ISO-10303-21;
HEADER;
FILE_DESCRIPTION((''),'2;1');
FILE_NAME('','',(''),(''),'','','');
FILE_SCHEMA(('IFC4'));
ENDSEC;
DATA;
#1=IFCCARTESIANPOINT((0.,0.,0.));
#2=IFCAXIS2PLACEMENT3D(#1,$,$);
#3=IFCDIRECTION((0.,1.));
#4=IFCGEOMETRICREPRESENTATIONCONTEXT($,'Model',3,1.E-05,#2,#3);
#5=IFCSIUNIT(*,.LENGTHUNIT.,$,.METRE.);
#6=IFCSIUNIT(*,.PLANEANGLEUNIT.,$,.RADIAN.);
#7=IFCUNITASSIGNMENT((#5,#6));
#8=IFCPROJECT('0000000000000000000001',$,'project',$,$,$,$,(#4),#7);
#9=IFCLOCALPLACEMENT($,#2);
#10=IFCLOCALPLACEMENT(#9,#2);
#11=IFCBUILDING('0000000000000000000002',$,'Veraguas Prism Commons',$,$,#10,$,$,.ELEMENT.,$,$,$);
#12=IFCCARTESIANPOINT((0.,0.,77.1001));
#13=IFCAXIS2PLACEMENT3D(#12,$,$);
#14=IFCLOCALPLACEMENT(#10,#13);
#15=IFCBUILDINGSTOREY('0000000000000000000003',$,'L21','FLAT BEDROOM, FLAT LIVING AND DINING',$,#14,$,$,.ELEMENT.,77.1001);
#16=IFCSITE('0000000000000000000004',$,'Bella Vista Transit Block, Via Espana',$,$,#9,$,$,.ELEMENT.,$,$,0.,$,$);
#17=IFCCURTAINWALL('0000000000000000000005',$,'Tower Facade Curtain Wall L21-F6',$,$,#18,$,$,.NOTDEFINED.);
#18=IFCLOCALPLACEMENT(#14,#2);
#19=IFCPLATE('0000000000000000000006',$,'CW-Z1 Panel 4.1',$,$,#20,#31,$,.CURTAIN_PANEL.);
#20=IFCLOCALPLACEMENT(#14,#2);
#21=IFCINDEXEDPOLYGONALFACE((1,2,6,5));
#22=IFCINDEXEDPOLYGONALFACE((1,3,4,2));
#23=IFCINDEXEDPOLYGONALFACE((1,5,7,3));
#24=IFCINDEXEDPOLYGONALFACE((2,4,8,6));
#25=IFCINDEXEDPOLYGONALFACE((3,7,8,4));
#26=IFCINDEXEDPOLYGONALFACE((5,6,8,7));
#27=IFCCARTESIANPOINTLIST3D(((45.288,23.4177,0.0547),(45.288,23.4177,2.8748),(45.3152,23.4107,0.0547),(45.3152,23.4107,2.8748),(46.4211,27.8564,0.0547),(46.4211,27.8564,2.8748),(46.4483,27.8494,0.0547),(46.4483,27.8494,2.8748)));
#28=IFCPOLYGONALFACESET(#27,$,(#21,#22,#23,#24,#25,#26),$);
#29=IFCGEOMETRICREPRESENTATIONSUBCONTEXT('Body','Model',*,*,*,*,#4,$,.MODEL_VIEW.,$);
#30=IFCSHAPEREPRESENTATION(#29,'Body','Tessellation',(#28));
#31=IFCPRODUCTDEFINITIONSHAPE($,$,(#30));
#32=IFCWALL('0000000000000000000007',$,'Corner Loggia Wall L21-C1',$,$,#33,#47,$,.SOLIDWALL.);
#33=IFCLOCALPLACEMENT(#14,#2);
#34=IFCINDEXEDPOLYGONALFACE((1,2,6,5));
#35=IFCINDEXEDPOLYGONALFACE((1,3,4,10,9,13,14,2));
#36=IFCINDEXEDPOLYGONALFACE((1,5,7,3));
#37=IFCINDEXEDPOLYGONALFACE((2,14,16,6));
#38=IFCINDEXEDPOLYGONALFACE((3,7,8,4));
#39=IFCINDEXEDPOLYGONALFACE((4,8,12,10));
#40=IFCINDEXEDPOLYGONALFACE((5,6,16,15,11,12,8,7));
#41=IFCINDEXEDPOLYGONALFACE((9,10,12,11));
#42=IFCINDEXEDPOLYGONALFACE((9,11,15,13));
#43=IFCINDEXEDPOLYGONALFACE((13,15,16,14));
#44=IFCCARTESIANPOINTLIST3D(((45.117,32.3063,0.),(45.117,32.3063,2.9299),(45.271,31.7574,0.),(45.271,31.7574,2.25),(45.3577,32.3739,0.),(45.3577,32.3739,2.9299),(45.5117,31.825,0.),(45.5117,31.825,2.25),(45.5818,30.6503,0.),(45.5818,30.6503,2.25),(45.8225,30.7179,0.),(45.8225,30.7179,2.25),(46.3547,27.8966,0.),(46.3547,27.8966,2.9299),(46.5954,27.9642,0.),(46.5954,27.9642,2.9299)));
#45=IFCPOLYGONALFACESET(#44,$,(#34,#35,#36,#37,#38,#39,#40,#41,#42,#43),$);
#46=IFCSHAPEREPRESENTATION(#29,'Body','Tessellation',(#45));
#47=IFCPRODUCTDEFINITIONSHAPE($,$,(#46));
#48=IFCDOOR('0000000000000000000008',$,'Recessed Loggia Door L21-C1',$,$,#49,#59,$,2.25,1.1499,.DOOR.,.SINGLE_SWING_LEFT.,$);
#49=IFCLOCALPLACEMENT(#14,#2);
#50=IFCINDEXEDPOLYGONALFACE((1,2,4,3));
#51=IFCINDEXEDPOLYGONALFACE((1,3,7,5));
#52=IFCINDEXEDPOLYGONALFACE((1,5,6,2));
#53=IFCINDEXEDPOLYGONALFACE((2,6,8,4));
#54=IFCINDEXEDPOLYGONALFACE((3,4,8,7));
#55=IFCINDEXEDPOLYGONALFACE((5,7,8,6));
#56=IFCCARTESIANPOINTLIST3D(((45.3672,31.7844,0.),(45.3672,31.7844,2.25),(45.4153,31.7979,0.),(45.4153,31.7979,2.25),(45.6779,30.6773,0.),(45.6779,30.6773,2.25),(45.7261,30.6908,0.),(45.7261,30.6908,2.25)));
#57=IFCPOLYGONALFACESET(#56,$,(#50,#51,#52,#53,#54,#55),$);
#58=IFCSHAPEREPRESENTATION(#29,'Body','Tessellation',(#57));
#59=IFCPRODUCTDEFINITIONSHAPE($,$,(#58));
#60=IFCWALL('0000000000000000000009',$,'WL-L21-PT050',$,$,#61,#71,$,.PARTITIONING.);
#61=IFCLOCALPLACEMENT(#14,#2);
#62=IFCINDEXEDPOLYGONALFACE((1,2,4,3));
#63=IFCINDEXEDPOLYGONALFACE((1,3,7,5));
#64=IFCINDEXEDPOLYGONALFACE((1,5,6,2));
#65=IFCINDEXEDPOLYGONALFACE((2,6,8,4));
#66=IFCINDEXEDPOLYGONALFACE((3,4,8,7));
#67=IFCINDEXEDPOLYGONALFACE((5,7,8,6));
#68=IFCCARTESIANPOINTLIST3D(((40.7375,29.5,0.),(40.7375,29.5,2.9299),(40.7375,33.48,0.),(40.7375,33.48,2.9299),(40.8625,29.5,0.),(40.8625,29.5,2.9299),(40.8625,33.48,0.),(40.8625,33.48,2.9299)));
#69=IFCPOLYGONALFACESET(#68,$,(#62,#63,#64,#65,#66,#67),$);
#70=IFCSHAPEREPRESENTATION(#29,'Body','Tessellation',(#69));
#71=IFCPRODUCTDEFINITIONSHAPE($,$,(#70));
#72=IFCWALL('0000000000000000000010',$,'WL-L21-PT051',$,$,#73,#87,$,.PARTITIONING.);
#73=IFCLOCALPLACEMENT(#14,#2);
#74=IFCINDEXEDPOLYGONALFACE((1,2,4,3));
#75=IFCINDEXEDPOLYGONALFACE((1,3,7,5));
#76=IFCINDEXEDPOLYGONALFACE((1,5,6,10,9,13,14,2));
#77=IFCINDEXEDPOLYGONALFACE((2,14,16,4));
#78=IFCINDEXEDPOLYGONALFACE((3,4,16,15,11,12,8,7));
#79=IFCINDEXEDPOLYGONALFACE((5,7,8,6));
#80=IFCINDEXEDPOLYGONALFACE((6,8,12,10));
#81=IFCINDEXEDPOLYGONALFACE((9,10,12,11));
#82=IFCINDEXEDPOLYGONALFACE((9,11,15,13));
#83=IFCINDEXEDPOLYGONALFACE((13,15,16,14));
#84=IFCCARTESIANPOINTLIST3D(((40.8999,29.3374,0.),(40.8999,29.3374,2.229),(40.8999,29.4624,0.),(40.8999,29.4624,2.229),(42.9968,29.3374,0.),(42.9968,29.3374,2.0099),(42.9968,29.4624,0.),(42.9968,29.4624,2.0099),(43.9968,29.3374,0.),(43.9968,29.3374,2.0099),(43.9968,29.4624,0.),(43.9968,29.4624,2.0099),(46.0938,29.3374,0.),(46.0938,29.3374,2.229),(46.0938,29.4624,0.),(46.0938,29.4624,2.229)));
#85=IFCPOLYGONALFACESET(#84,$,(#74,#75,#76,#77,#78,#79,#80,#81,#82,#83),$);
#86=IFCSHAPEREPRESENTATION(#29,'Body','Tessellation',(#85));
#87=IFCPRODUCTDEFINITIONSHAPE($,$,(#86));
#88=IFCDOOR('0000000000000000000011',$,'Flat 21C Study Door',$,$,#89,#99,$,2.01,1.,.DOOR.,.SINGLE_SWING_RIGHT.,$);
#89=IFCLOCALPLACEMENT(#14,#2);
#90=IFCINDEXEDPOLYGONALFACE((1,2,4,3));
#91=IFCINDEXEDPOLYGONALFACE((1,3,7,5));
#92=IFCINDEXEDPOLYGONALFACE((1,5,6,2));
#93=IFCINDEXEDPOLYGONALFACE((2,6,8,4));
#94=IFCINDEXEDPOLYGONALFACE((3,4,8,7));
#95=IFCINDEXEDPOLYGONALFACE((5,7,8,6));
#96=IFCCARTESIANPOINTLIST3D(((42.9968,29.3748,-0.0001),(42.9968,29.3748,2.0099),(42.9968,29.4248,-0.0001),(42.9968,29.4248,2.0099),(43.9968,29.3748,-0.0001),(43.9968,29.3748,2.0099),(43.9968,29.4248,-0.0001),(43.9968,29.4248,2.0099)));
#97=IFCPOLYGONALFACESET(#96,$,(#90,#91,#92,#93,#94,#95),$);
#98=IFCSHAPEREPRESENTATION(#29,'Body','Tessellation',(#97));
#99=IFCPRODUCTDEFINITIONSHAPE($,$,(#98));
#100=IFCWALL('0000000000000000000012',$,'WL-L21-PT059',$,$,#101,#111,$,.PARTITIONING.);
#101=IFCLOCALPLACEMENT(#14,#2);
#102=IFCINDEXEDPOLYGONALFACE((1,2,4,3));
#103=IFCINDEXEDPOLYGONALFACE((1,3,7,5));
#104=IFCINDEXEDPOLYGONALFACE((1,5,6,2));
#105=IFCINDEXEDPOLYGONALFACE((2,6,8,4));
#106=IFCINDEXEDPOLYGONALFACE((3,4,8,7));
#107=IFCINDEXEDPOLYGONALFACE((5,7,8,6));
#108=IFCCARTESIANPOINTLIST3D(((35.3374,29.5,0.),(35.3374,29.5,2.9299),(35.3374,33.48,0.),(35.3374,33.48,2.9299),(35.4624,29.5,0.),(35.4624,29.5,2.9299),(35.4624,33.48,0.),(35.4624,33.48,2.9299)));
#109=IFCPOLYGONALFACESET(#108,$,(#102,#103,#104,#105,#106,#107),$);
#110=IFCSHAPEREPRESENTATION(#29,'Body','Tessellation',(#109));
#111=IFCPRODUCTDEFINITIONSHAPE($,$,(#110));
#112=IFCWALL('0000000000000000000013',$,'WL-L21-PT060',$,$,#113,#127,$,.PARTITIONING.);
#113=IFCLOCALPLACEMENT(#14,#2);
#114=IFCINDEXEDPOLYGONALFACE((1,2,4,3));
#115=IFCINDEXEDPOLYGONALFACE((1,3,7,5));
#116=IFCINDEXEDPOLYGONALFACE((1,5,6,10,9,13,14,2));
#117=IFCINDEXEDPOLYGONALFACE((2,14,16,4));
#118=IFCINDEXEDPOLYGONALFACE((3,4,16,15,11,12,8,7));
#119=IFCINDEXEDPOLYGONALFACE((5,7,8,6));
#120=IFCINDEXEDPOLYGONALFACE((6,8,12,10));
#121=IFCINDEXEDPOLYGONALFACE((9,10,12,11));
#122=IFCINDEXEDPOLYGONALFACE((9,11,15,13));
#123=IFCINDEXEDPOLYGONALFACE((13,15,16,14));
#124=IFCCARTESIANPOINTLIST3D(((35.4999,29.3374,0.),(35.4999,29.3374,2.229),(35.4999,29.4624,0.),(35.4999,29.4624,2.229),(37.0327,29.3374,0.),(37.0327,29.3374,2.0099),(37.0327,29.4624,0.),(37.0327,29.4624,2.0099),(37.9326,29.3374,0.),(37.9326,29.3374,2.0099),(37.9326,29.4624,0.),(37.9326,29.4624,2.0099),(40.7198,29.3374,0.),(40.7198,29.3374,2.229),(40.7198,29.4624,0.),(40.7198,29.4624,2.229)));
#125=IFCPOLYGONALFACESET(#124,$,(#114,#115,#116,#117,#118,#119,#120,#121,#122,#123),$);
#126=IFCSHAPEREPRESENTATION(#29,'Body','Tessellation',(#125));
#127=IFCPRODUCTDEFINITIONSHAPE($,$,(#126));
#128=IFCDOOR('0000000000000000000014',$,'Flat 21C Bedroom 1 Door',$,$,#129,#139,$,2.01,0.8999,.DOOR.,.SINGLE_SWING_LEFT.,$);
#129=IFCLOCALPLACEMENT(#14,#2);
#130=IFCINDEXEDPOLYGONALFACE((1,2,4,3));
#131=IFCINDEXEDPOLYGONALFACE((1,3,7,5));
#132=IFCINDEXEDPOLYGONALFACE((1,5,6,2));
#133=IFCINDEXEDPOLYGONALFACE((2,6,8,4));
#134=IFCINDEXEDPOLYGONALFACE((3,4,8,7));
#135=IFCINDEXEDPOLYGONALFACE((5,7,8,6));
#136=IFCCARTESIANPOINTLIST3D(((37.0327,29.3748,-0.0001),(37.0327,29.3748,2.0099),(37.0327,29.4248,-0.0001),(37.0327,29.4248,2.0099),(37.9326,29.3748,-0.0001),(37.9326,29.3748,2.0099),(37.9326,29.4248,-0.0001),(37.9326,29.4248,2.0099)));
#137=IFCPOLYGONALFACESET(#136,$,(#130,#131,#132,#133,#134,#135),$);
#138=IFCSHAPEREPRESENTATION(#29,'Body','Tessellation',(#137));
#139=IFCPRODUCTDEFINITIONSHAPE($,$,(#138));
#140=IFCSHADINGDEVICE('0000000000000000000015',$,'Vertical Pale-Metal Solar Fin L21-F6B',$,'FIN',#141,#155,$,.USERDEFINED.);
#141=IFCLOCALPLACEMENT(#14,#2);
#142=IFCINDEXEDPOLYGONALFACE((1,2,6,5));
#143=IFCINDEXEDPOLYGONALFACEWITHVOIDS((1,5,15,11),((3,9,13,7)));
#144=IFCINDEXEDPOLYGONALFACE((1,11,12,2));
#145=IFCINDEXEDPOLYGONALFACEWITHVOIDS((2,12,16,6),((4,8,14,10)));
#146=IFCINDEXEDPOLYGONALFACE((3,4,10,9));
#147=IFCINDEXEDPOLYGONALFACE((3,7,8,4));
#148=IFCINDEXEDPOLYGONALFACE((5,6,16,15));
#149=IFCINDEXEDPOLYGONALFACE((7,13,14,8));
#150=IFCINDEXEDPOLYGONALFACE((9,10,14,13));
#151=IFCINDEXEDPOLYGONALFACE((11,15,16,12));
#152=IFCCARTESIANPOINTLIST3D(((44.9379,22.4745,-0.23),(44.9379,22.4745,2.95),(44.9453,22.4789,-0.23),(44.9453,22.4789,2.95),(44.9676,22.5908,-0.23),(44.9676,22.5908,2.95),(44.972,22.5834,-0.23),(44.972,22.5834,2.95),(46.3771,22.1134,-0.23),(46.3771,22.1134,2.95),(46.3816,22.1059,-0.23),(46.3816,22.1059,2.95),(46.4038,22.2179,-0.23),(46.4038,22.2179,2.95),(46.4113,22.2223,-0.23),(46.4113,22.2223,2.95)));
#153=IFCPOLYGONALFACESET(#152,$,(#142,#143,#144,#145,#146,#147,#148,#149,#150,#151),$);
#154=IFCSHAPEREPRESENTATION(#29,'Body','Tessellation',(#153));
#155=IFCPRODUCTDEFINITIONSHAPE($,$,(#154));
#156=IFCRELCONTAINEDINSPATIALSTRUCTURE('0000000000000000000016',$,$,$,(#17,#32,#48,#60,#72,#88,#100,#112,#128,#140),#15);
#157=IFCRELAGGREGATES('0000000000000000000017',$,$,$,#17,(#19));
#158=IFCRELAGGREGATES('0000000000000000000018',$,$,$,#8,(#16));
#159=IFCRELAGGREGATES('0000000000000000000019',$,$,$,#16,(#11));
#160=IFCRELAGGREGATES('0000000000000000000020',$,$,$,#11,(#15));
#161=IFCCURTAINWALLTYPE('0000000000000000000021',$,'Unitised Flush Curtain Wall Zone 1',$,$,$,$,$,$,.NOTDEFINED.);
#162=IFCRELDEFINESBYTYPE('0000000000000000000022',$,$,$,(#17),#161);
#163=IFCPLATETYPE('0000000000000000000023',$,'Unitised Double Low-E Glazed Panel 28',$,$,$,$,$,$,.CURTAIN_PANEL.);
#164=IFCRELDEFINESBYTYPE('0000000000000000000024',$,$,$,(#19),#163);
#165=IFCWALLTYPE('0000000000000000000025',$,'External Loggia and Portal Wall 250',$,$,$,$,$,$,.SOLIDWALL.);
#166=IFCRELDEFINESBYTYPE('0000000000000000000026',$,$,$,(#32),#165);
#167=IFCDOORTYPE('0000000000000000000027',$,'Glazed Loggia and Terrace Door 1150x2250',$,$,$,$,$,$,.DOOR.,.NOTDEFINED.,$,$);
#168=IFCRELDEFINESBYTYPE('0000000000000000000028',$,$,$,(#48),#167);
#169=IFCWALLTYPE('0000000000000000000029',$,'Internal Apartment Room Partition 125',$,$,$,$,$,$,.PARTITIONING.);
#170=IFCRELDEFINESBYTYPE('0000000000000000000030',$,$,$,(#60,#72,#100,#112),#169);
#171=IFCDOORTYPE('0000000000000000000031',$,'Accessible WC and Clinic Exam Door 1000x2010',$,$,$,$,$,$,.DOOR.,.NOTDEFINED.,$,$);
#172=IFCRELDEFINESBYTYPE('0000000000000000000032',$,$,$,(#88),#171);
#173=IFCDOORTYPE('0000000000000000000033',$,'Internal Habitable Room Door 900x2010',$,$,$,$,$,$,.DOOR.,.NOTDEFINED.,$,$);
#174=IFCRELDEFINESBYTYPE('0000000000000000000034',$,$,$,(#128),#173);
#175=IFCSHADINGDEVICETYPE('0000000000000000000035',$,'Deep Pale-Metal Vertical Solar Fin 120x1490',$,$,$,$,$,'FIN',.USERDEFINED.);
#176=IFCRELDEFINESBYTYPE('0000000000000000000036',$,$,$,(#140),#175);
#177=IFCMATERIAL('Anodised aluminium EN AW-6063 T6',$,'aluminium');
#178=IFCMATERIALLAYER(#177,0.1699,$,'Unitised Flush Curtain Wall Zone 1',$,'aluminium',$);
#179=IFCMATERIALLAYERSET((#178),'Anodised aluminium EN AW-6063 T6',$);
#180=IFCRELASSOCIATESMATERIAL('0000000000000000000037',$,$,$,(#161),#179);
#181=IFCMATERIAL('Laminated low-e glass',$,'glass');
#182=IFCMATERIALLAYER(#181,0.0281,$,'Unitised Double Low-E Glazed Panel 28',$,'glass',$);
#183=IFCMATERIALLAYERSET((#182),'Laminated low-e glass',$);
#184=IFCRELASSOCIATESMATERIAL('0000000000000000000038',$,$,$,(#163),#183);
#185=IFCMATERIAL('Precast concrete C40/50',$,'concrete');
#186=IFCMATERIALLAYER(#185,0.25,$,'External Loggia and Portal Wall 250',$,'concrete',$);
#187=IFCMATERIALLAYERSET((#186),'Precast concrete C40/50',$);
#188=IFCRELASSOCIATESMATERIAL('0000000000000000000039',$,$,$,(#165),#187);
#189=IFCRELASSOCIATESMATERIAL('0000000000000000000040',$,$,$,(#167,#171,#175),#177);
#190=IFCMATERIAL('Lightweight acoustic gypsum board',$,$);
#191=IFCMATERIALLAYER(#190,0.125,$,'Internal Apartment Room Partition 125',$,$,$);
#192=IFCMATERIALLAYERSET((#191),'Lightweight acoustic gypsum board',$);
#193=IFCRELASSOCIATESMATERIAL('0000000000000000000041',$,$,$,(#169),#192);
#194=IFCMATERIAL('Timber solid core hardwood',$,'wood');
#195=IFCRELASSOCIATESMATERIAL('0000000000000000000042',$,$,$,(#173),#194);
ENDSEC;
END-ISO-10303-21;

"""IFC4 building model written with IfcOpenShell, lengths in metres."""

from ifc_helpers import new_model, si_unit, direction, frame, frame_2d, origin, origin_2d, place, context, subcontext, project, spatial, rectangle, hollow_rectangle, extrude, source, transform, mapped, material, layer, layer_set, material_profile, profile_set, type_object, element, fill, aggregate, save


model = new_model("IFC4")

# Units and contexts
model_context = context("Model", 3, precision=1e-05, world=origin(), true_north=direction((0.0, 1.0)))
body_context = subcontext(model_context, "Body", "Model", "MODEL_VIEW")
ifc_project = project(units=[si_unit("LENGTHUNIT", "METRE"), si_unit("PLANEANGLEUNIT", "RADIAN")], contexts=[model_context])

# Site, building, storey
site_placement = place(None, origin())
site = spatial("IfcSite", under=ifc_project, at=site_placement, Name="Bella Vista Transit Block, Via Espana", CompositionType="ELEMENT", RefElevation=0.0)
building_placement = place(site_placement, origin())
building = spatial("IfcBuilding", under=site, at=building_placement, Name="Veraguas Prism Commons", CompositionType="ELEMENT")
storey_placement = place(building_placement, frame((0.0, 0.0, 77.1001)))
storey = spatial("IfcBuildingStorey", under=building, at=storey_placement, Name="L21", Description="FLAT BEDROOM, FLAT LIVING AND DINING", CompositionType="ELEMENT", Elevation=77.1001)

# Shared definitions
ifc_material_1 = material(Name="Anodised aluminium EN AW-6063 T6", Category="aluminium")
ifc_layer_1 = layer(ifc_material_1, 0.1699, Name="Unitised Flush Curtain Wall Zone 1", Category="aluminium")
ifc_layer_set_1 = layer_set([ifc_layer_1], Name="Anodised aluminium EN AW-6063 T6")
curtain_wall_type = type_object("IfcCurtainWallType", Name="Unitised Flush Curtain Wall Zone 1", PredefinedType="NOTDEFINED", material=ifc_layer_set_1)

# Curtain wall, plate
curtain_wall_1_placement = place(storey_placement, origin())
curtain_wall_1 = element("IfcCurtainWall", 1, at=curtain_wall_1_placement, inside=storey, type_object=curtain_wall_type, Name="Tower Facade Curtain Wall L21-F6", PredefinedType="NOTDEFINED")
ifc_material_2 = material(Name="Laminated low-e glass", Category="glass")
ifc_layer_2 = layer(ifc_material_2, 0.0281, Name="Unitised Double Low-E Glazed Panel 28", Category="glass")
ifc_layer_set_2 = layer_set([ifc_layer_2], Name="Laminated low-e glass")
plate_type = type_object("IfcPlateType", Name="Unitised Double Low-E Glazed Panel 28", PredefinedType="CURTAIN_PANEL", material=ifc_layer_set_2)
shared_shape_1 = source(origin(), body_context, "Body", "SweptSolid", [
    extrude(rectangle(XDim=4.5811, YDim=0.0281, at=origin_2d()), origin(), (0.0, 0.0, 1.0), 2.8201),
])
plate_placement = place(storey_placement, frame((45.8682, 25.6335, 0.0547), z_axis=(0.0, 0.0, 1.0), x_axis=(0.247341, 0.968929, 0.0)))
plate = element("IfcPlate", 2, at=plate_placement, type_object=plate_type, Name="CW-Z1 Panel 4.1", PredefinedType="CURTAIN_PANEL", context=body_context, shape_type="MappedRepresentation", body=[
    mapped(shared_shape_1, transform((0.0, 0.0, 0.0), scale=1.0)),
])
aggregate(curtain_wall_1, [plate])

# Wall, opening, door
ifc_material_3 = material(Name="Precast concrete C40/50", Category="concrete")
ifc_layer_3 = layer(ifc_material_3, 0.25, Name="External Loggia and Portal Wall 250", Category="concrete")
ifc_layer_set_3 = layer_set([ifc_layer_3], Name="Precast concrete C40/50")
wall_type_1 = type_object("IfcWallType", Name="External Loggia and Portal Wall 250", PredefinedType="SOLIDWALL", material=ifc_layer_set_3)
wall_1_placement = place(storey_placement, frame((46.4751, 27.9304, 0.0), z_axis=(0.0, 0.0, 1.0), x_axis=(-0.270255, 0.962789, 0.0)))
wall_1 = element("IfcWall", 3, at=wall_1_placement, inside=storey, type_object=wall_type_1, Name="Corner Loggia Wall L21-C1", PredefinedType="SOLIDWALL", context=body_context, shape_type="SweptSolid", body=[
    extrude(rectangle(XDim=4.5801, YDim=0.25, at=frame_2d((2.29, 0.0))), origin(), (0.0, 0.0, 1.0), 2.9299),
])
opening_1_placement = place(wall_1_placement, frame((2.8601, 0.0, 0.0)))
opening_1 = element("IfcOpeningElement", 4, at=opening_1_placement, cuts=wall_1, PredefinedType="OPENING", context=body_context, shape_type="SweptSolid", body=[
    extrude(rectangle(XDim=1.1499, YDim=2.25, at=frame_2d((0.575, 1.125))), frame((0.0, 0.135, 0.0), z_axis=(0.0, -1.0, 0.0), x_axis=(1.0, 0.0, 0.0)), (0.0, 0.0, 1.0), 0.27),
])
door_type_1 = type_object("IfcDoorType", Name="Glazed Loggia and Terrace Door 1150x2250", OperationType="NOTDEFINED", PredefinedType="DOOR", material=ifc_material_1)
shared_shape_2 = source(origin(), body_context, "Body", "SweptSolid", [
    extrude(rectangle(XDim=1.1499, YDim=2.25, at=frame_2d((0.575, 1.125))), frame((0.0, 0.0249, 0.0), z_axis=(0.0, -1.0, 0.0), x_axis=(1.0, 0.0, 0.0)), (0.0, 0.0, 1.0), 0.05),
])
door_1_placement = place(opening_1_placement, frame((1.1499, 0.0, 0.0), z_axis=(0.0, 0.0, 1.0), x_axis=(-1.0, 0.0, 0.0)))
door_1 = element("IfcDoor", 5, at=door_1_placement, inside=storey, type_object=door_type_1, Name="Recessed Loggia Door L21-C1", OperationType="SINGLE_SWING_LEFT", OverallHeight=2.25, OverallWidth=1.1499, PredefinedType="DOOR", context=body_context, shape_type="MappedRepresentation", body=[
    mapped(shared_shape_2, transform((0.0, 0.0, 0.0), scale=1.0)),
])
fill(opening_1, door_1)

# Wall
ifc_material_4 = material(Name="Lightweight acoustic gypsum board")
ifc_layer_4 = layer(ifc_material_4, 0.125, Name="Internal Apartment Room Partition 125")
ifc_layer_set_4 = layer_set([ifc_layer_4], Name="Lightweight acoustic gypsum board")
wall_type_2 = type_object("IfcWallType", Name="Internal Apartment Room Partition 125", PredefinedType="PARTITIONING", material=ifc_layer_set_4)
wall_2_placement = place(storey_placement, frame((40.8, 29.5, 0.0), z_axis=(0.0, 0.0, 1.0), x_axis=(0.0, 1.0, 0.0)))
element("IfcWall", 6, at=wall_2_placement, inside=storey, type_object=wall_type_2, Name="WL-L21-PT050", PredefinedType="PARTITIONING", context=body_context, shape_type="SweptSolid", body=[
    extrude(rectangle(XDim=3.98, YDim=0.125, at=frame_2d((1.99, 0.0))), origin(), (0.0, 0.0, 1.0), 2.9299),
])

# Wall, opening, door
wall_3_placement = place(storey_placement, frame((40.8999, 29.3999, 0.0), z_axis=(0.0, 0.0, 1.0), x_axis=(1.0, 0.0, 0.0)))
wall_3 = element("IfcWall", 7, at=wall_3_placement, inside=storey, type_object=wall_type_2, Name="WL-L21-PT051", PredefinedType="PARTITIONING", context=body_context, shape_type="SweptSolid", body=[
    extrude(rectangle(XDim=5.1938, YDim=0.125, at=frame_2d((2.5969, 0.0))), origin(), (0.0, 0.0, 1.0), 2.229),
])
opening_2_placement = place(wall_3_placement, frame((2.0969, 0.0, 0.0)))
opening_2 = element("IfcOpeningElement", 8, at=opening_2_placement, cuts=wall_3, PredefinedType="OPENING", context=body_context, shape_type="SweptSolid", body=[
    extrude(rectangle(XDim=1.0, YDim=2.01, at=frame_2d((0.5, 1.0049))), frame((0.0, 0.0725, 0.0), z_axis=(0.0, -1.0, 0.0), x_axis=(1.0, 0.0, 0.0)), (0.0, 0.0, 1.0), 0.145),
])
door_type_2 = type_object("IfcDoorType", Name="Accessible WC and Clinic Exam Door 1000x2010", OperationType="NOTDEFINED", PredefinedType="DOOR", material=ifc_material_1)
shared_shape_3 = source(origin(), body_context, "Body", "SweptSolid", [
    extrude(rectangle(XDim=1.0, YDim=2.01, at=frame_2d((0.5, 1.0049))), frame((0.0, 0.0249, 0.0), z_axis=(0.0, -1.0, 0.0), x_axis=(1.0, 0.0, 0.0)), (0.0, 0.0, 1.0), 0.05),
])
door_2_placement = place(opening_2_placement, origin())
door_2 = element("IfcDoor", 9, at=door_2_placement, inside=storey, type_object=door_type_2, Name="Flat 21C Study Door", OperationType="SINGLE_SWING_RIGHT", OverallHeight=2.01, OverallWidth=1.0, PredefinedType="DOOR", context=body_context, shape_type="MappedRepresentation", body=[
    mapped(shared_shape_3, transform((0.0, 0.0, 0.0), scale=1.0)),
])
fill(opening_2, door_2)

# Wall
wall_4_placement = place(storey_placement, frame((35.3999, 29.5, 0.0), z_axis=(0.0, 0.0, 1.0), x_axis=(0.0, 1.0, 0.0)))
element("IfcWall", 10, at=wall_4_placement, inside=storey, type_object=wall_type_2, Name="WL-L21-PT059", PredefinedType="PARTITIONING", context=body_context, shape_type="SweptSolid", body=[
    extrude(rectangle(XDim=3.98, YDim=0.125, at=frame_2d((1.99, 0.0))), origin(), (0.0, 0.0, 1.0), 2.9299),
])

# Wall, opening, door
wall_5_placement = place(storey_placement, frame((35.5, 29.3999, 0.0), z_axis=(0.0, 0.0, 1.0), x_axis=(1.0, 0.0, 0.0)))
wall_5 = element("IfcWall", 11, at=wall_5_placement, inside=storey, type_object=wall_type_2, Name="WL-L21-PT060", PredefinedType="PARTITIONING", context=body_context, shape_type="SweptSolid", body=[
    extrude(rectangle(XDim=5.22, YDim=0.125, at=frame_2d((2.6099, 0.0))), origin(), (0.0, 0.0, 1.0), 2.229),
])
opening_3_placement = place(wall_5_placement, frame((1.5327, 0.0, 0.0)))
opening_3 = element("IfcOpeningElement", 12, at=opening_3_placement, cuts=wall_5, PredefinedType="OPENING", context=body_context, shape_type="SweptSolid", body=[
    extrude(rectangle(XDim=0.8999, YDim=2.01, at=frame_2d((0.45, 1.0049))), frame((0.0, 0.0725, 0.0), z_axis=(0.0, -1.0, 0.0), x_axis=(1.0, 0.0, 0.0)), (0.0, 0.0, 1.0), 0.145),
])
ifc_material_5 = material(Name="Timber solid core hardwood", Category="wood")
door_type_3 = type_object("IfcDoorType", Name="Internal Habitable Room Door 900x2010", OperationType="NOTDEFINED", PredefinedType="DOOR", material=ifc_material_5)
shared_shape_4 = source(origin(), body_context, "Body", "SweptSolid", [
    extrude(rectangle(XDim=0.8999, YDim=2.01, at=frame_2d((0.45, 1.0049))), frame((0.0, 0.0249, 0.0), z_axis=(0.0, -1.0, 0.0), x_axis=(1.0, 0.0, 0.0)), (0.0, 0.0, 1.0), 0.05),
])
door_3_placement = place(opening_3_placement, origin())
door_3 = element("IfcDoor", 13, at=door_3_placement, inside=storey, type_object=door_type_3, Name="Flat 21C Bedroom 1 Door", OperationType="SINGLE_SWING_LEFT", OverallHeight=2.01, OverallWidth=0.8999, PredefinedType="DOOR", context=body_context, shape_type="MappedRepresentation", body=[
    mapped(shared_shape_4, transform((0.0, 0.0, 0.0), scale=1.0)),
])
fill(opening_3, door_3)

# Shading device
ifc_material_profile_1 = material_profile(ifc_material_1, hollow_rectangle(XDim=0.1201, YDim=1.49, WallThickness=0.0061, at=origin_2d()), Name="FIN120X1490X6")
ifc_profile_set_1 = profile_set([ifc_material_profile_1], Name="Anodised aluminium EN AW-6063 T6")
shading_device_type = type_object("IfcShadingDeviceType", Name="Deep Pale-Metal Vertical Solar Fin 120x1490", ElementType="FIN", PredefinedType="USERDEFINED", material=ifc_profile_set_1)
shading_device_placement = place(storey_placement, frame((45.6746, 22.3484, -0.23), z_axis=(0.0, 0.0, 1.0), x_axis=(0.247337, 0.968929, 0.0)))
element("IfcShadingDevice", 14, at=shading_device_placement, inside=storey, type_object=shading_device_type, Name="Vertical Pale-Metal Solar Fin L21-F6B", ObjectType="FIN", PredefinedType="USERDEFINED", context=body_context, shape_type="SweptSolid", body=[
    extrude(hollow_rectangle(XDim=0.1201, YDim=1.49, WallThickness=0.0061, at=origin_2d()), origin(), (0.0, 0.0, 1.0), 3.1799),
])

save(model, "model.ifc")
